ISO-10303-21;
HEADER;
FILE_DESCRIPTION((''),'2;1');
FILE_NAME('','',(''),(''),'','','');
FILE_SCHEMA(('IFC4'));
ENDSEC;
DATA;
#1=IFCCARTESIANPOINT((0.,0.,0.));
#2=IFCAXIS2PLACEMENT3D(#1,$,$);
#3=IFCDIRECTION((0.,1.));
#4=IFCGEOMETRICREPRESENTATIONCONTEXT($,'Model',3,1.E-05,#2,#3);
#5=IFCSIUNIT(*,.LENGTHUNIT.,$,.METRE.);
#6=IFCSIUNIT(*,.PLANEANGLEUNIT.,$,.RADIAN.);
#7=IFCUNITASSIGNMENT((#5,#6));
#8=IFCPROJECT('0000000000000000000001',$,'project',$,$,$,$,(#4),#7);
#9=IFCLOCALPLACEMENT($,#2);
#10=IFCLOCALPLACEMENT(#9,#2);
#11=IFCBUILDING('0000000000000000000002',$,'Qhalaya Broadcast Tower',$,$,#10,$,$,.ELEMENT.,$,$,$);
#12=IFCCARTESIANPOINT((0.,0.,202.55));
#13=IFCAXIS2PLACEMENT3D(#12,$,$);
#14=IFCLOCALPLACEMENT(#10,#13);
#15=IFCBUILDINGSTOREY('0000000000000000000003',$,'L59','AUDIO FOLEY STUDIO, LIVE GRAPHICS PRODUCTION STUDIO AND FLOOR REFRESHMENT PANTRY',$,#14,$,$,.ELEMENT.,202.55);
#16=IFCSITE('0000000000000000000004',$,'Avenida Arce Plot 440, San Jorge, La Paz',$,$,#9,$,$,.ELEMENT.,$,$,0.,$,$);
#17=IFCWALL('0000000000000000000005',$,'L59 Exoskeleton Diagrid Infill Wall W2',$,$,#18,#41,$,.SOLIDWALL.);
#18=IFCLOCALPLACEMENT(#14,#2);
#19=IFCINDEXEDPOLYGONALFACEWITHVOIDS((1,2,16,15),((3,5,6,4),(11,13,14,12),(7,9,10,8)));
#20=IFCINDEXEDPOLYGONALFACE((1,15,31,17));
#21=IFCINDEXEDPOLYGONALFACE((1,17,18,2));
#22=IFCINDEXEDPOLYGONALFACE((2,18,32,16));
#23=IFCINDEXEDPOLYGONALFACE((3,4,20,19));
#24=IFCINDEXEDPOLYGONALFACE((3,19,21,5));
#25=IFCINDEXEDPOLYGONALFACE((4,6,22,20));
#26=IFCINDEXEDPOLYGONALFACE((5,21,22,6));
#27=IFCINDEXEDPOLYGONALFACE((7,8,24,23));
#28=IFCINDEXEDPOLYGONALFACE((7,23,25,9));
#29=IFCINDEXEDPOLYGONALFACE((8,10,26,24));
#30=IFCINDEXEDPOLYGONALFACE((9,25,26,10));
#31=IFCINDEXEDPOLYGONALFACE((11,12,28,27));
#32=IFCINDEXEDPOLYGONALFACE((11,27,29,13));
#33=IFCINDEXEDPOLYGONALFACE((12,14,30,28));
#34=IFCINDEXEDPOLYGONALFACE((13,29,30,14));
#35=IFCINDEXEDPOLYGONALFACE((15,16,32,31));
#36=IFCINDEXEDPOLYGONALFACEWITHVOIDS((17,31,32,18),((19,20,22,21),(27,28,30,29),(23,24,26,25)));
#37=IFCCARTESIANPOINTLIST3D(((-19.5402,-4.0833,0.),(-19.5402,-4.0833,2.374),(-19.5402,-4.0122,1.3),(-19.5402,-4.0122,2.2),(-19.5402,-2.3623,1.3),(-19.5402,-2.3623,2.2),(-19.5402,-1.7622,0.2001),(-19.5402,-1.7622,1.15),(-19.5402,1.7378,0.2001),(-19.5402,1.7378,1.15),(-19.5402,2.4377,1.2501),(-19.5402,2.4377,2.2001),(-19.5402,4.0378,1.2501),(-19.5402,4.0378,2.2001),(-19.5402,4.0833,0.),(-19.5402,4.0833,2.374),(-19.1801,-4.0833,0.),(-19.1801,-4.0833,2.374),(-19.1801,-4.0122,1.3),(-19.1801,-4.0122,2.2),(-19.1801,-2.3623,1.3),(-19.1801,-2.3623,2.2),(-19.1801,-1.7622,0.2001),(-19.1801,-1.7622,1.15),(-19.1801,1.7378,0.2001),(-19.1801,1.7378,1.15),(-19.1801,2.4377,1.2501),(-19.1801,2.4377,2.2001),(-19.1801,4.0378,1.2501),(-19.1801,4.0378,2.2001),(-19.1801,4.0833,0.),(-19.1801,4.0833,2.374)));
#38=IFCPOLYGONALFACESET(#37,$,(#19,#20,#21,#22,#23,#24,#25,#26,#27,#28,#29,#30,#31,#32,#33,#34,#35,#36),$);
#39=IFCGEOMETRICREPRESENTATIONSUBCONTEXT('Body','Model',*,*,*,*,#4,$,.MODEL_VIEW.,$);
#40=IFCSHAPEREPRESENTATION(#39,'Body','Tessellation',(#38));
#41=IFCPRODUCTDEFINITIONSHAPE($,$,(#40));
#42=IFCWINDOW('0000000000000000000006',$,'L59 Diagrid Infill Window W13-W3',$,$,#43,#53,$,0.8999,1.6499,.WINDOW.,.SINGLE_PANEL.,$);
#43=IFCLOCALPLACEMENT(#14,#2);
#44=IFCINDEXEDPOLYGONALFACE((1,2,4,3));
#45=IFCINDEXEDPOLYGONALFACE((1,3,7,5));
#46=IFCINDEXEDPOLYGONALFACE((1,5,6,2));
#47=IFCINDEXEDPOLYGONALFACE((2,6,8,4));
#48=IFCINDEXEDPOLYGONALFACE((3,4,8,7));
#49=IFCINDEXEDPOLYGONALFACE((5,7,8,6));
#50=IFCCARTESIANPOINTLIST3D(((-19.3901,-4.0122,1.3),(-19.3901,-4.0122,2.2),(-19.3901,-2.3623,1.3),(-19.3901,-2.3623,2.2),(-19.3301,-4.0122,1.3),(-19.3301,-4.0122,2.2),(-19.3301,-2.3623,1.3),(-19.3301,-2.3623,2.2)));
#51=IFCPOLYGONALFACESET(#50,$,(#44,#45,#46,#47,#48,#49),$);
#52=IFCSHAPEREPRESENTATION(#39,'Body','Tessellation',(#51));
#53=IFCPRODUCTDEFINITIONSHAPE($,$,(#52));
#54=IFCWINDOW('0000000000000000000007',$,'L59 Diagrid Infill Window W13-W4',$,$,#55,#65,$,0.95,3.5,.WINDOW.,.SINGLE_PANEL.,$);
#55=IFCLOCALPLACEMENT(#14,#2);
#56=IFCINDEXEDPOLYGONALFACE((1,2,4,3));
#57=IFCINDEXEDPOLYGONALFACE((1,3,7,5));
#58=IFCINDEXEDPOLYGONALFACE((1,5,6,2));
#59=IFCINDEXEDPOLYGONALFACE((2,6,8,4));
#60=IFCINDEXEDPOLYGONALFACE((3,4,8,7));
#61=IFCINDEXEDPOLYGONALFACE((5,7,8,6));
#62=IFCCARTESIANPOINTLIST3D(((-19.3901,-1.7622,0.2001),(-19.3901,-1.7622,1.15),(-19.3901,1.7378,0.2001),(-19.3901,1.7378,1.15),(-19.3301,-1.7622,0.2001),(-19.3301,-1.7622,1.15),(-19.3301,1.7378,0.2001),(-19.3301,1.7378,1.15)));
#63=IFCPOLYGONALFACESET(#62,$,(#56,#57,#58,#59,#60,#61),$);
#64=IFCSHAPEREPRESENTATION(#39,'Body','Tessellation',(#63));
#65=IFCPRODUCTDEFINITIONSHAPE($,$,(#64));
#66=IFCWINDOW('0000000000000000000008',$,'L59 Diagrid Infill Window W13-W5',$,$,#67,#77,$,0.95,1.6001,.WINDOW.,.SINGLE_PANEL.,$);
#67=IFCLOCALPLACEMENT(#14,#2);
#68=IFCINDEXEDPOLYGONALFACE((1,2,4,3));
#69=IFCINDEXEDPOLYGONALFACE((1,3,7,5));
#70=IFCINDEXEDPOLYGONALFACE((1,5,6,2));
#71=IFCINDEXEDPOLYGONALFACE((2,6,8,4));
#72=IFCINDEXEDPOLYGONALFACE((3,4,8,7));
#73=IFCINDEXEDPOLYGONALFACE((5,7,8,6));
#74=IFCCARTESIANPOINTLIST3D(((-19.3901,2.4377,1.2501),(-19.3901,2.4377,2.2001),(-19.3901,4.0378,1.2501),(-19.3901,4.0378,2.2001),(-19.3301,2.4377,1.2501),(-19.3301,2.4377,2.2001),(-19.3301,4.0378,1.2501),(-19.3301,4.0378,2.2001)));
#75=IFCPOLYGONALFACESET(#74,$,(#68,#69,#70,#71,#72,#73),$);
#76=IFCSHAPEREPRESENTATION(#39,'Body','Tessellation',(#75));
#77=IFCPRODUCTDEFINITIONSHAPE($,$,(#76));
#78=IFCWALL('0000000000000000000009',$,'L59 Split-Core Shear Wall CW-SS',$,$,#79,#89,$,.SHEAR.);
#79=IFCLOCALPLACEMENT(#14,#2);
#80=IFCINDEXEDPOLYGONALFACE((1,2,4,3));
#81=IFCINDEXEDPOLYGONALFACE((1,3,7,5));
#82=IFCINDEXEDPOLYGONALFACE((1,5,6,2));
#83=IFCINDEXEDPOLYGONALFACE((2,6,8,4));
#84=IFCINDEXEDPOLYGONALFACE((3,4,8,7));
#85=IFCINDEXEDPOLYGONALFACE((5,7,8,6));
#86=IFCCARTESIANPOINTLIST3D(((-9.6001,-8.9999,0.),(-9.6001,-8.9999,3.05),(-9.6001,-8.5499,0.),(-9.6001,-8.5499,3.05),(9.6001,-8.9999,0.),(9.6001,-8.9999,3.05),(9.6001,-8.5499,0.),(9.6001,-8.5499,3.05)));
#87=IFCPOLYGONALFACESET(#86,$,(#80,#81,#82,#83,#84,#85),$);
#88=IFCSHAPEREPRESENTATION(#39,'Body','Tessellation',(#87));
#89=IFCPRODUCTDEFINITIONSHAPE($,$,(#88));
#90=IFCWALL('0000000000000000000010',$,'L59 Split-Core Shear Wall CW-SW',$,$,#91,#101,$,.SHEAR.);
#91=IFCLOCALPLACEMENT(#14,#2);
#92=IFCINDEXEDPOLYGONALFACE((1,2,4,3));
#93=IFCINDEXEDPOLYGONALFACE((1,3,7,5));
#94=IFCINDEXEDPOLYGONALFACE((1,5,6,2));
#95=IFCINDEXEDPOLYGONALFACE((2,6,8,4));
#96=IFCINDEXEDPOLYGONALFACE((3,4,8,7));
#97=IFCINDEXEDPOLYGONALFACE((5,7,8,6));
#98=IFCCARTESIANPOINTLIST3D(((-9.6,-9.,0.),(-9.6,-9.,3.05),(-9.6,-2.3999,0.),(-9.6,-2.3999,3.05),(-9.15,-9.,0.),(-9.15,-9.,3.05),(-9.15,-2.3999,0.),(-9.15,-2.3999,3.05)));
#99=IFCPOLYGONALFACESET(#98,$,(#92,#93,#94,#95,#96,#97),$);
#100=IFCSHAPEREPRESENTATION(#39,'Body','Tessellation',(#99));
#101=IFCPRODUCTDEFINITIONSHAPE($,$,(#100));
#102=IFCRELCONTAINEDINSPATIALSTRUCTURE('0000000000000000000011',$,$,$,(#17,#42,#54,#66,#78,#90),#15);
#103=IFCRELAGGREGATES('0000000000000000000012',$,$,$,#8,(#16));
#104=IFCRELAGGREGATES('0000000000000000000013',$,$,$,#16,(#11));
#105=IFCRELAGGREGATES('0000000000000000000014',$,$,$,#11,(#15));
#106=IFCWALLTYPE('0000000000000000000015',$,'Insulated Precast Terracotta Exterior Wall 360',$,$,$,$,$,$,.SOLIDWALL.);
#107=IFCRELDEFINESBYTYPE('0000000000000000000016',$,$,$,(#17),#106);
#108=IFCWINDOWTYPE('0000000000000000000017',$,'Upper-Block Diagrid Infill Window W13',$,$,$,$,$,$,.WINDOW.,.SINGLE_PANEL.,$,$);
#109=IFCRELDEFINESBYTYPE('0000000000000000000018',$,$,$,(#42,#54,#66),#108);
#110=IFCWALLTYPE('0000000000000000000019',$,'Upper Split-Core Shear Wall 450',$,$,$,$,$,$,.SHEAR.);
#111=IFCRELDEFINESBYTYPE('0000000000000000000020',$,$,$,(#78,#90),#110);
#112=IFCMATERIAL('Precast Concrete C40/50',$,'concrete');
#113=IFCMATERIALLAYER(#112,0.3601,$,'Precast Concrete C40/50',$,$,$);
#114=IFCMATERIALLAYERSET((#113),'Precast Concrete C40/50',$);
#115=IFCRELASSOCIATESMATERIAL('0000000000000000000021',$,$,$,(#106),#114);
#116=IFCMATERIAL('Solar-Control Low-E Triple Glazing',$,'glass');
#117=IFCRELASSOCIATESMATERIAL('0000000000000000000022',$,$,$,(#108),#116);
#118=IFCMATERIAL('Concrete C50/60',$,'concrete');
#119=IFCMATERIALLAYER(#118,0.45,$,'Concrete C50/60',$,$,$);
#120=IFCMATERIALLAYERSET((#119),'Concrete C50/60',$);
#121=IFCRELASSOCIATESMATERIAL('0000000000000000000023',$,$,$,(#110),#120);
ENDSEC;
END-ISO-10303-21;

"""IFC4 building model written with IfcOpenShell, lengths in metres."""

from ifc_helpers import new_model, si_unit, direction, frame, frame_2d, origin, place, context, subcontext, project, spatial, rectangle, extrude, material, layer, layer_set, type_object, element, fill, save


model = new_model("IFC4")

# Units and contexts
model_context = context("Model", 3, precision=1e-05, world=origin(), true_north=direction((0.0, 1.0)))
body_context = subcontext(model_context, "Body", "Model", "MODEL_VIEW")
ifc_project = project(units=[si_unit("LENGTHUNIT", "METRE"), si_unit("PLANEANGLEUNIT", "RADIAN")], contexts=[model_context])

# Site, building, storey
site_placement = place(None, origin())
site = spatial("IfcSite", under=ifc_project, at=site_placement, Name="Avenida Arce Plot 440, San Jorge, La Paz", CompositionType="ELEMENT", RefElevation=0.0)
building_placement = place(site_placement, origin())
building = spatial("IfcBuilding", under=site, at=building_placement, Name="Qhalaya Broadcast Tower", CompositionType="ELEMENT")
storey_placement = place(building_placement, frame((0.0, 0.0, 202.55)))
storey = spatial("IfcBuildingStorey", under=building, at=storey_placement, Name="L59", Description="AUDIO FOLEY STUDIO, LIVE GRAPHICS PRODUCTION STUDIO AND FLOOR REFRESHMENT PANTRY", CompositionType="ELEMENT", Elevation=202.55)

# Wall, openings, windows
ifc_material_1 = material(Name="Precast Concrete C40/50", Category="concrete")
ifc_layer_1 = layer(ifc_material_1, 0.3601, Name="Precast Concrete C40/50")
ifc_layer_set_1 = layer_set([ifc_layer_1], Name="Precast Concrete C40/50")
wall_type_1 = type_object("IfcWallType", Name="Insulated Precast Terracotta Exterior Wall 360", PredefinedType="SOLIDWALL", material=ifc_layer_set_1)
wall_1_placement = place(storey_placement, frame((-19.3601, -4.0833, 0.0), z_axis=(0.0, 0.0, 1.0), x_axis=(0.0, 1.0, 0.0)))
wall_1 = element("IfcWall", 1, at=wall_1_placement, inside=storey, type_object=wall_type_1, Name="L59 Exoskeleton Diagrid Infill Wall W2", PredefinedType="SOLIDWALL", context=body_context, shape_type="SweptSolid", body=[
    extrude(rectangle(XDim=8.1665, YDim=0.3601, at=frame_2d((4.0833, 0.0))), origin(), (0.0, 0.0, 1.0), 2.374),
])
opening_1_placement = place(wall_1_placement, frame((0.071, 0.0, 1.3)))
opening_1 = element("IfcOpeningElement", 2, at=opening_1_placement, cuts=wall_1, PredefinedType="OPENING", context=body_context, shape_type="SweptSolid", body=[
    extrude(rectangle(XDim=1.6499, YDim=0.8999, at=frame_2d((0.825, 0.45))), frame((0.0, 0.1921, 0.0), z_axis=(0.0, -1.0, 0.0), x_axis=(1.0, 0.0, 0.0)), (0.0, 0.0, 1.0), 0.384),
])
opening_2_placement = place(wall_1_placement, frame((2.321, 0.0, 0.2)))
opening_2 = element("IfcOpeningElement", 3, at=opening_2_placement, cuts=wall_1, PredefinedType="OPENING", context=body_context, shape_type="SweptSolid", body=[
    extrude(rectangle(XDim=3.5, YDim=0.95, at=frame_2d((1.75, 0.4751))), frame((0.0, 0.1921, 0.0), z_axis=(0.0, -1.0, 0.0), x_axis=(1.0, 0.0, 0.0)), (0.0, 0.0, 1.0), 0.384),
])
opening_3_placement = place(wall_1_placement, frame((6.521, 0.0, 1.25)))
opening_3 = element("IfcOpeningElement", 4, at=opening_3_placement, cuts=wall_1, PredefinedType="OPENING", context=body_context, shape_type="SweptSolid", body=[
    extrude(rectangle(XDim=1.6001, YDim=0.95, at=frame_2d((0.8, 0.4751))), frame((0.0, 0.1921, 0.0), z_axis=(0.0, -1.0, 0.0), x_axis=(1.0, 0.0, 0.0)), (0.0, 0.0, 1.0), 0.384),
])
ifc_material_2 = material(Name="Solar-Control Low-E Triple Glazing", Category="glass")
window_type = type_object("IfcWindowType", Name="Upper-Block Diagrid Infill Window W13", PartitioningType="SINGLE_PANEL", PredefinedType="WINDOW", material=ifc_material_2)
window_1_placement = place(opening_1_placement, origin())
window_1 = element("IfcWindow", 5, at=window_1_placement, inside=storey, type_object=window_type, Name="L59 Diagrid Infill Window W13-W3", OverallHeight=0.8999, OverallWidth=1.6499, PartitioningType="SINGLE_PANEL", PredefinedType="WINDOW", context=body_context, shape_type="SweptSolid", body=[
    extrude(rectangle(XDim=1.6499, YDim=0.8999, at=frame_2d((0.825, 0.45))), frame((0.0, 0.03, 0.0), z_axis=(0.0, -1.0, 0.0), x_axis=(1.0, 0.0, 0.0)), (0.0, 0.0, 1.0), 0.0601),
])
fill(opening_1, window_1)
window_2_placement = place(opening_2_placement, origin())
window_2 = element("IfcWindow", 6, at=window_2_placement, inside=storey, type_object=window_type, Name="L59 Diagrid Infill Window W13-W4", OverallHeight=0.95, OverallWidth=3.5, PartitioningType="SINGLE_PANEL", PredefinedType="WINDOW", context=body_context, shape_type="SweptSolid", body=[
    extrude(rectangle(XDim=3.5, YDim=0.95, at=frame_2d((1.75, 0.4751))), frame((0.0, 0.03, 0.0), z_axis=(0.0, -1.0, 0.0), x_axis=(1.0, 0.0, 0.0)), (0.0, 0.0, 1.0), 0.0601),
])
fill(opening_2, window_2)
window_3_placement = place(opening_3_placement, origin())
window_3 = element("IfcWindow", 7, at=window_3_placement, inside=storey, type_object=window_type, Name="L59 Diagrid Infill Window W13-W5", OverallHeight=0.95, OverallWidth=1.6001, PartitioningType="SINGLE_PANEL", PredefinedType="WINDOW", context=body_context, shape_type="SweptSolid", body=[
    extrude(rectangle(XDim=1.6001, YDim=0.95, at=frame_2d((0.8, 0.4751))), frame((0.0, 0.03, 0.0), z_axis=(0.0, -1.0, 0.0), x_axis=(1.0, 0.0, 0.0)), (0.0, 0.0, 1.0), 0.0601),
])
fill(opening_3, window_3)

# Wall
ifc_material_3 = material(Name="Concrete C50/60", Category="concrete")
ifc_layer_2 = layer(ifc_material_3, 0.45, Name="Concrete C50/60")
ifc_layer_set_2 = layer_set([ifc_layer_2], Name="Concrete C50/60")
wall_type_2 = type_object("IfcWallType", Name="Upper Split-Core Shear Wall 450", PredefinedType="SHEAR", material=ifc_layer_set_2)
wall_2_placement = place(storey_placement, frame((-9.6001, -8.7749, 0.0), z_axis=(0.0, 0.0, 1.0), x_axis=(1.0, 0.0, 0.0)))
element("IfcWall", 8, at=wall_2_placement, inside=storey, type_object=wall_type_2, Name="L59 Split-Core Shear Wall CW-SS", PredefinedType="SHEAR", context=body_context, shape_type="SweptSolid", body=[
    extrude(rectangle(XDim=19.2002, YDim=0.45, at=frame_2d((9.6001, 0.0))), origin(), (0.0, 0.0, 1.0), 3.05),
])

# Wall
wall_3_placement = place(storey_placement, frame((-9.375, -9.0, 0.0), z_axis=(0.0, 0.0, 1.0), x_axis=(0.0, 1.0, 0.0)))
element("IfcWall", 9, at=wall_3_placement, inside=storey, type_object=wall_type_2, Name="L59 Split-Core Shear Wall CW-SW", PredefinedType="SHEAR", context=body_context, shape_type="SweptSolid", body=[
    extrude(rectangle(XDim=6.6001, YDim=0.45, at=frame_2d((3.3, 0.0))), origin(), (0.0, 0.0, 1.0), 3.05),
])

save(model, "model.ifc")
